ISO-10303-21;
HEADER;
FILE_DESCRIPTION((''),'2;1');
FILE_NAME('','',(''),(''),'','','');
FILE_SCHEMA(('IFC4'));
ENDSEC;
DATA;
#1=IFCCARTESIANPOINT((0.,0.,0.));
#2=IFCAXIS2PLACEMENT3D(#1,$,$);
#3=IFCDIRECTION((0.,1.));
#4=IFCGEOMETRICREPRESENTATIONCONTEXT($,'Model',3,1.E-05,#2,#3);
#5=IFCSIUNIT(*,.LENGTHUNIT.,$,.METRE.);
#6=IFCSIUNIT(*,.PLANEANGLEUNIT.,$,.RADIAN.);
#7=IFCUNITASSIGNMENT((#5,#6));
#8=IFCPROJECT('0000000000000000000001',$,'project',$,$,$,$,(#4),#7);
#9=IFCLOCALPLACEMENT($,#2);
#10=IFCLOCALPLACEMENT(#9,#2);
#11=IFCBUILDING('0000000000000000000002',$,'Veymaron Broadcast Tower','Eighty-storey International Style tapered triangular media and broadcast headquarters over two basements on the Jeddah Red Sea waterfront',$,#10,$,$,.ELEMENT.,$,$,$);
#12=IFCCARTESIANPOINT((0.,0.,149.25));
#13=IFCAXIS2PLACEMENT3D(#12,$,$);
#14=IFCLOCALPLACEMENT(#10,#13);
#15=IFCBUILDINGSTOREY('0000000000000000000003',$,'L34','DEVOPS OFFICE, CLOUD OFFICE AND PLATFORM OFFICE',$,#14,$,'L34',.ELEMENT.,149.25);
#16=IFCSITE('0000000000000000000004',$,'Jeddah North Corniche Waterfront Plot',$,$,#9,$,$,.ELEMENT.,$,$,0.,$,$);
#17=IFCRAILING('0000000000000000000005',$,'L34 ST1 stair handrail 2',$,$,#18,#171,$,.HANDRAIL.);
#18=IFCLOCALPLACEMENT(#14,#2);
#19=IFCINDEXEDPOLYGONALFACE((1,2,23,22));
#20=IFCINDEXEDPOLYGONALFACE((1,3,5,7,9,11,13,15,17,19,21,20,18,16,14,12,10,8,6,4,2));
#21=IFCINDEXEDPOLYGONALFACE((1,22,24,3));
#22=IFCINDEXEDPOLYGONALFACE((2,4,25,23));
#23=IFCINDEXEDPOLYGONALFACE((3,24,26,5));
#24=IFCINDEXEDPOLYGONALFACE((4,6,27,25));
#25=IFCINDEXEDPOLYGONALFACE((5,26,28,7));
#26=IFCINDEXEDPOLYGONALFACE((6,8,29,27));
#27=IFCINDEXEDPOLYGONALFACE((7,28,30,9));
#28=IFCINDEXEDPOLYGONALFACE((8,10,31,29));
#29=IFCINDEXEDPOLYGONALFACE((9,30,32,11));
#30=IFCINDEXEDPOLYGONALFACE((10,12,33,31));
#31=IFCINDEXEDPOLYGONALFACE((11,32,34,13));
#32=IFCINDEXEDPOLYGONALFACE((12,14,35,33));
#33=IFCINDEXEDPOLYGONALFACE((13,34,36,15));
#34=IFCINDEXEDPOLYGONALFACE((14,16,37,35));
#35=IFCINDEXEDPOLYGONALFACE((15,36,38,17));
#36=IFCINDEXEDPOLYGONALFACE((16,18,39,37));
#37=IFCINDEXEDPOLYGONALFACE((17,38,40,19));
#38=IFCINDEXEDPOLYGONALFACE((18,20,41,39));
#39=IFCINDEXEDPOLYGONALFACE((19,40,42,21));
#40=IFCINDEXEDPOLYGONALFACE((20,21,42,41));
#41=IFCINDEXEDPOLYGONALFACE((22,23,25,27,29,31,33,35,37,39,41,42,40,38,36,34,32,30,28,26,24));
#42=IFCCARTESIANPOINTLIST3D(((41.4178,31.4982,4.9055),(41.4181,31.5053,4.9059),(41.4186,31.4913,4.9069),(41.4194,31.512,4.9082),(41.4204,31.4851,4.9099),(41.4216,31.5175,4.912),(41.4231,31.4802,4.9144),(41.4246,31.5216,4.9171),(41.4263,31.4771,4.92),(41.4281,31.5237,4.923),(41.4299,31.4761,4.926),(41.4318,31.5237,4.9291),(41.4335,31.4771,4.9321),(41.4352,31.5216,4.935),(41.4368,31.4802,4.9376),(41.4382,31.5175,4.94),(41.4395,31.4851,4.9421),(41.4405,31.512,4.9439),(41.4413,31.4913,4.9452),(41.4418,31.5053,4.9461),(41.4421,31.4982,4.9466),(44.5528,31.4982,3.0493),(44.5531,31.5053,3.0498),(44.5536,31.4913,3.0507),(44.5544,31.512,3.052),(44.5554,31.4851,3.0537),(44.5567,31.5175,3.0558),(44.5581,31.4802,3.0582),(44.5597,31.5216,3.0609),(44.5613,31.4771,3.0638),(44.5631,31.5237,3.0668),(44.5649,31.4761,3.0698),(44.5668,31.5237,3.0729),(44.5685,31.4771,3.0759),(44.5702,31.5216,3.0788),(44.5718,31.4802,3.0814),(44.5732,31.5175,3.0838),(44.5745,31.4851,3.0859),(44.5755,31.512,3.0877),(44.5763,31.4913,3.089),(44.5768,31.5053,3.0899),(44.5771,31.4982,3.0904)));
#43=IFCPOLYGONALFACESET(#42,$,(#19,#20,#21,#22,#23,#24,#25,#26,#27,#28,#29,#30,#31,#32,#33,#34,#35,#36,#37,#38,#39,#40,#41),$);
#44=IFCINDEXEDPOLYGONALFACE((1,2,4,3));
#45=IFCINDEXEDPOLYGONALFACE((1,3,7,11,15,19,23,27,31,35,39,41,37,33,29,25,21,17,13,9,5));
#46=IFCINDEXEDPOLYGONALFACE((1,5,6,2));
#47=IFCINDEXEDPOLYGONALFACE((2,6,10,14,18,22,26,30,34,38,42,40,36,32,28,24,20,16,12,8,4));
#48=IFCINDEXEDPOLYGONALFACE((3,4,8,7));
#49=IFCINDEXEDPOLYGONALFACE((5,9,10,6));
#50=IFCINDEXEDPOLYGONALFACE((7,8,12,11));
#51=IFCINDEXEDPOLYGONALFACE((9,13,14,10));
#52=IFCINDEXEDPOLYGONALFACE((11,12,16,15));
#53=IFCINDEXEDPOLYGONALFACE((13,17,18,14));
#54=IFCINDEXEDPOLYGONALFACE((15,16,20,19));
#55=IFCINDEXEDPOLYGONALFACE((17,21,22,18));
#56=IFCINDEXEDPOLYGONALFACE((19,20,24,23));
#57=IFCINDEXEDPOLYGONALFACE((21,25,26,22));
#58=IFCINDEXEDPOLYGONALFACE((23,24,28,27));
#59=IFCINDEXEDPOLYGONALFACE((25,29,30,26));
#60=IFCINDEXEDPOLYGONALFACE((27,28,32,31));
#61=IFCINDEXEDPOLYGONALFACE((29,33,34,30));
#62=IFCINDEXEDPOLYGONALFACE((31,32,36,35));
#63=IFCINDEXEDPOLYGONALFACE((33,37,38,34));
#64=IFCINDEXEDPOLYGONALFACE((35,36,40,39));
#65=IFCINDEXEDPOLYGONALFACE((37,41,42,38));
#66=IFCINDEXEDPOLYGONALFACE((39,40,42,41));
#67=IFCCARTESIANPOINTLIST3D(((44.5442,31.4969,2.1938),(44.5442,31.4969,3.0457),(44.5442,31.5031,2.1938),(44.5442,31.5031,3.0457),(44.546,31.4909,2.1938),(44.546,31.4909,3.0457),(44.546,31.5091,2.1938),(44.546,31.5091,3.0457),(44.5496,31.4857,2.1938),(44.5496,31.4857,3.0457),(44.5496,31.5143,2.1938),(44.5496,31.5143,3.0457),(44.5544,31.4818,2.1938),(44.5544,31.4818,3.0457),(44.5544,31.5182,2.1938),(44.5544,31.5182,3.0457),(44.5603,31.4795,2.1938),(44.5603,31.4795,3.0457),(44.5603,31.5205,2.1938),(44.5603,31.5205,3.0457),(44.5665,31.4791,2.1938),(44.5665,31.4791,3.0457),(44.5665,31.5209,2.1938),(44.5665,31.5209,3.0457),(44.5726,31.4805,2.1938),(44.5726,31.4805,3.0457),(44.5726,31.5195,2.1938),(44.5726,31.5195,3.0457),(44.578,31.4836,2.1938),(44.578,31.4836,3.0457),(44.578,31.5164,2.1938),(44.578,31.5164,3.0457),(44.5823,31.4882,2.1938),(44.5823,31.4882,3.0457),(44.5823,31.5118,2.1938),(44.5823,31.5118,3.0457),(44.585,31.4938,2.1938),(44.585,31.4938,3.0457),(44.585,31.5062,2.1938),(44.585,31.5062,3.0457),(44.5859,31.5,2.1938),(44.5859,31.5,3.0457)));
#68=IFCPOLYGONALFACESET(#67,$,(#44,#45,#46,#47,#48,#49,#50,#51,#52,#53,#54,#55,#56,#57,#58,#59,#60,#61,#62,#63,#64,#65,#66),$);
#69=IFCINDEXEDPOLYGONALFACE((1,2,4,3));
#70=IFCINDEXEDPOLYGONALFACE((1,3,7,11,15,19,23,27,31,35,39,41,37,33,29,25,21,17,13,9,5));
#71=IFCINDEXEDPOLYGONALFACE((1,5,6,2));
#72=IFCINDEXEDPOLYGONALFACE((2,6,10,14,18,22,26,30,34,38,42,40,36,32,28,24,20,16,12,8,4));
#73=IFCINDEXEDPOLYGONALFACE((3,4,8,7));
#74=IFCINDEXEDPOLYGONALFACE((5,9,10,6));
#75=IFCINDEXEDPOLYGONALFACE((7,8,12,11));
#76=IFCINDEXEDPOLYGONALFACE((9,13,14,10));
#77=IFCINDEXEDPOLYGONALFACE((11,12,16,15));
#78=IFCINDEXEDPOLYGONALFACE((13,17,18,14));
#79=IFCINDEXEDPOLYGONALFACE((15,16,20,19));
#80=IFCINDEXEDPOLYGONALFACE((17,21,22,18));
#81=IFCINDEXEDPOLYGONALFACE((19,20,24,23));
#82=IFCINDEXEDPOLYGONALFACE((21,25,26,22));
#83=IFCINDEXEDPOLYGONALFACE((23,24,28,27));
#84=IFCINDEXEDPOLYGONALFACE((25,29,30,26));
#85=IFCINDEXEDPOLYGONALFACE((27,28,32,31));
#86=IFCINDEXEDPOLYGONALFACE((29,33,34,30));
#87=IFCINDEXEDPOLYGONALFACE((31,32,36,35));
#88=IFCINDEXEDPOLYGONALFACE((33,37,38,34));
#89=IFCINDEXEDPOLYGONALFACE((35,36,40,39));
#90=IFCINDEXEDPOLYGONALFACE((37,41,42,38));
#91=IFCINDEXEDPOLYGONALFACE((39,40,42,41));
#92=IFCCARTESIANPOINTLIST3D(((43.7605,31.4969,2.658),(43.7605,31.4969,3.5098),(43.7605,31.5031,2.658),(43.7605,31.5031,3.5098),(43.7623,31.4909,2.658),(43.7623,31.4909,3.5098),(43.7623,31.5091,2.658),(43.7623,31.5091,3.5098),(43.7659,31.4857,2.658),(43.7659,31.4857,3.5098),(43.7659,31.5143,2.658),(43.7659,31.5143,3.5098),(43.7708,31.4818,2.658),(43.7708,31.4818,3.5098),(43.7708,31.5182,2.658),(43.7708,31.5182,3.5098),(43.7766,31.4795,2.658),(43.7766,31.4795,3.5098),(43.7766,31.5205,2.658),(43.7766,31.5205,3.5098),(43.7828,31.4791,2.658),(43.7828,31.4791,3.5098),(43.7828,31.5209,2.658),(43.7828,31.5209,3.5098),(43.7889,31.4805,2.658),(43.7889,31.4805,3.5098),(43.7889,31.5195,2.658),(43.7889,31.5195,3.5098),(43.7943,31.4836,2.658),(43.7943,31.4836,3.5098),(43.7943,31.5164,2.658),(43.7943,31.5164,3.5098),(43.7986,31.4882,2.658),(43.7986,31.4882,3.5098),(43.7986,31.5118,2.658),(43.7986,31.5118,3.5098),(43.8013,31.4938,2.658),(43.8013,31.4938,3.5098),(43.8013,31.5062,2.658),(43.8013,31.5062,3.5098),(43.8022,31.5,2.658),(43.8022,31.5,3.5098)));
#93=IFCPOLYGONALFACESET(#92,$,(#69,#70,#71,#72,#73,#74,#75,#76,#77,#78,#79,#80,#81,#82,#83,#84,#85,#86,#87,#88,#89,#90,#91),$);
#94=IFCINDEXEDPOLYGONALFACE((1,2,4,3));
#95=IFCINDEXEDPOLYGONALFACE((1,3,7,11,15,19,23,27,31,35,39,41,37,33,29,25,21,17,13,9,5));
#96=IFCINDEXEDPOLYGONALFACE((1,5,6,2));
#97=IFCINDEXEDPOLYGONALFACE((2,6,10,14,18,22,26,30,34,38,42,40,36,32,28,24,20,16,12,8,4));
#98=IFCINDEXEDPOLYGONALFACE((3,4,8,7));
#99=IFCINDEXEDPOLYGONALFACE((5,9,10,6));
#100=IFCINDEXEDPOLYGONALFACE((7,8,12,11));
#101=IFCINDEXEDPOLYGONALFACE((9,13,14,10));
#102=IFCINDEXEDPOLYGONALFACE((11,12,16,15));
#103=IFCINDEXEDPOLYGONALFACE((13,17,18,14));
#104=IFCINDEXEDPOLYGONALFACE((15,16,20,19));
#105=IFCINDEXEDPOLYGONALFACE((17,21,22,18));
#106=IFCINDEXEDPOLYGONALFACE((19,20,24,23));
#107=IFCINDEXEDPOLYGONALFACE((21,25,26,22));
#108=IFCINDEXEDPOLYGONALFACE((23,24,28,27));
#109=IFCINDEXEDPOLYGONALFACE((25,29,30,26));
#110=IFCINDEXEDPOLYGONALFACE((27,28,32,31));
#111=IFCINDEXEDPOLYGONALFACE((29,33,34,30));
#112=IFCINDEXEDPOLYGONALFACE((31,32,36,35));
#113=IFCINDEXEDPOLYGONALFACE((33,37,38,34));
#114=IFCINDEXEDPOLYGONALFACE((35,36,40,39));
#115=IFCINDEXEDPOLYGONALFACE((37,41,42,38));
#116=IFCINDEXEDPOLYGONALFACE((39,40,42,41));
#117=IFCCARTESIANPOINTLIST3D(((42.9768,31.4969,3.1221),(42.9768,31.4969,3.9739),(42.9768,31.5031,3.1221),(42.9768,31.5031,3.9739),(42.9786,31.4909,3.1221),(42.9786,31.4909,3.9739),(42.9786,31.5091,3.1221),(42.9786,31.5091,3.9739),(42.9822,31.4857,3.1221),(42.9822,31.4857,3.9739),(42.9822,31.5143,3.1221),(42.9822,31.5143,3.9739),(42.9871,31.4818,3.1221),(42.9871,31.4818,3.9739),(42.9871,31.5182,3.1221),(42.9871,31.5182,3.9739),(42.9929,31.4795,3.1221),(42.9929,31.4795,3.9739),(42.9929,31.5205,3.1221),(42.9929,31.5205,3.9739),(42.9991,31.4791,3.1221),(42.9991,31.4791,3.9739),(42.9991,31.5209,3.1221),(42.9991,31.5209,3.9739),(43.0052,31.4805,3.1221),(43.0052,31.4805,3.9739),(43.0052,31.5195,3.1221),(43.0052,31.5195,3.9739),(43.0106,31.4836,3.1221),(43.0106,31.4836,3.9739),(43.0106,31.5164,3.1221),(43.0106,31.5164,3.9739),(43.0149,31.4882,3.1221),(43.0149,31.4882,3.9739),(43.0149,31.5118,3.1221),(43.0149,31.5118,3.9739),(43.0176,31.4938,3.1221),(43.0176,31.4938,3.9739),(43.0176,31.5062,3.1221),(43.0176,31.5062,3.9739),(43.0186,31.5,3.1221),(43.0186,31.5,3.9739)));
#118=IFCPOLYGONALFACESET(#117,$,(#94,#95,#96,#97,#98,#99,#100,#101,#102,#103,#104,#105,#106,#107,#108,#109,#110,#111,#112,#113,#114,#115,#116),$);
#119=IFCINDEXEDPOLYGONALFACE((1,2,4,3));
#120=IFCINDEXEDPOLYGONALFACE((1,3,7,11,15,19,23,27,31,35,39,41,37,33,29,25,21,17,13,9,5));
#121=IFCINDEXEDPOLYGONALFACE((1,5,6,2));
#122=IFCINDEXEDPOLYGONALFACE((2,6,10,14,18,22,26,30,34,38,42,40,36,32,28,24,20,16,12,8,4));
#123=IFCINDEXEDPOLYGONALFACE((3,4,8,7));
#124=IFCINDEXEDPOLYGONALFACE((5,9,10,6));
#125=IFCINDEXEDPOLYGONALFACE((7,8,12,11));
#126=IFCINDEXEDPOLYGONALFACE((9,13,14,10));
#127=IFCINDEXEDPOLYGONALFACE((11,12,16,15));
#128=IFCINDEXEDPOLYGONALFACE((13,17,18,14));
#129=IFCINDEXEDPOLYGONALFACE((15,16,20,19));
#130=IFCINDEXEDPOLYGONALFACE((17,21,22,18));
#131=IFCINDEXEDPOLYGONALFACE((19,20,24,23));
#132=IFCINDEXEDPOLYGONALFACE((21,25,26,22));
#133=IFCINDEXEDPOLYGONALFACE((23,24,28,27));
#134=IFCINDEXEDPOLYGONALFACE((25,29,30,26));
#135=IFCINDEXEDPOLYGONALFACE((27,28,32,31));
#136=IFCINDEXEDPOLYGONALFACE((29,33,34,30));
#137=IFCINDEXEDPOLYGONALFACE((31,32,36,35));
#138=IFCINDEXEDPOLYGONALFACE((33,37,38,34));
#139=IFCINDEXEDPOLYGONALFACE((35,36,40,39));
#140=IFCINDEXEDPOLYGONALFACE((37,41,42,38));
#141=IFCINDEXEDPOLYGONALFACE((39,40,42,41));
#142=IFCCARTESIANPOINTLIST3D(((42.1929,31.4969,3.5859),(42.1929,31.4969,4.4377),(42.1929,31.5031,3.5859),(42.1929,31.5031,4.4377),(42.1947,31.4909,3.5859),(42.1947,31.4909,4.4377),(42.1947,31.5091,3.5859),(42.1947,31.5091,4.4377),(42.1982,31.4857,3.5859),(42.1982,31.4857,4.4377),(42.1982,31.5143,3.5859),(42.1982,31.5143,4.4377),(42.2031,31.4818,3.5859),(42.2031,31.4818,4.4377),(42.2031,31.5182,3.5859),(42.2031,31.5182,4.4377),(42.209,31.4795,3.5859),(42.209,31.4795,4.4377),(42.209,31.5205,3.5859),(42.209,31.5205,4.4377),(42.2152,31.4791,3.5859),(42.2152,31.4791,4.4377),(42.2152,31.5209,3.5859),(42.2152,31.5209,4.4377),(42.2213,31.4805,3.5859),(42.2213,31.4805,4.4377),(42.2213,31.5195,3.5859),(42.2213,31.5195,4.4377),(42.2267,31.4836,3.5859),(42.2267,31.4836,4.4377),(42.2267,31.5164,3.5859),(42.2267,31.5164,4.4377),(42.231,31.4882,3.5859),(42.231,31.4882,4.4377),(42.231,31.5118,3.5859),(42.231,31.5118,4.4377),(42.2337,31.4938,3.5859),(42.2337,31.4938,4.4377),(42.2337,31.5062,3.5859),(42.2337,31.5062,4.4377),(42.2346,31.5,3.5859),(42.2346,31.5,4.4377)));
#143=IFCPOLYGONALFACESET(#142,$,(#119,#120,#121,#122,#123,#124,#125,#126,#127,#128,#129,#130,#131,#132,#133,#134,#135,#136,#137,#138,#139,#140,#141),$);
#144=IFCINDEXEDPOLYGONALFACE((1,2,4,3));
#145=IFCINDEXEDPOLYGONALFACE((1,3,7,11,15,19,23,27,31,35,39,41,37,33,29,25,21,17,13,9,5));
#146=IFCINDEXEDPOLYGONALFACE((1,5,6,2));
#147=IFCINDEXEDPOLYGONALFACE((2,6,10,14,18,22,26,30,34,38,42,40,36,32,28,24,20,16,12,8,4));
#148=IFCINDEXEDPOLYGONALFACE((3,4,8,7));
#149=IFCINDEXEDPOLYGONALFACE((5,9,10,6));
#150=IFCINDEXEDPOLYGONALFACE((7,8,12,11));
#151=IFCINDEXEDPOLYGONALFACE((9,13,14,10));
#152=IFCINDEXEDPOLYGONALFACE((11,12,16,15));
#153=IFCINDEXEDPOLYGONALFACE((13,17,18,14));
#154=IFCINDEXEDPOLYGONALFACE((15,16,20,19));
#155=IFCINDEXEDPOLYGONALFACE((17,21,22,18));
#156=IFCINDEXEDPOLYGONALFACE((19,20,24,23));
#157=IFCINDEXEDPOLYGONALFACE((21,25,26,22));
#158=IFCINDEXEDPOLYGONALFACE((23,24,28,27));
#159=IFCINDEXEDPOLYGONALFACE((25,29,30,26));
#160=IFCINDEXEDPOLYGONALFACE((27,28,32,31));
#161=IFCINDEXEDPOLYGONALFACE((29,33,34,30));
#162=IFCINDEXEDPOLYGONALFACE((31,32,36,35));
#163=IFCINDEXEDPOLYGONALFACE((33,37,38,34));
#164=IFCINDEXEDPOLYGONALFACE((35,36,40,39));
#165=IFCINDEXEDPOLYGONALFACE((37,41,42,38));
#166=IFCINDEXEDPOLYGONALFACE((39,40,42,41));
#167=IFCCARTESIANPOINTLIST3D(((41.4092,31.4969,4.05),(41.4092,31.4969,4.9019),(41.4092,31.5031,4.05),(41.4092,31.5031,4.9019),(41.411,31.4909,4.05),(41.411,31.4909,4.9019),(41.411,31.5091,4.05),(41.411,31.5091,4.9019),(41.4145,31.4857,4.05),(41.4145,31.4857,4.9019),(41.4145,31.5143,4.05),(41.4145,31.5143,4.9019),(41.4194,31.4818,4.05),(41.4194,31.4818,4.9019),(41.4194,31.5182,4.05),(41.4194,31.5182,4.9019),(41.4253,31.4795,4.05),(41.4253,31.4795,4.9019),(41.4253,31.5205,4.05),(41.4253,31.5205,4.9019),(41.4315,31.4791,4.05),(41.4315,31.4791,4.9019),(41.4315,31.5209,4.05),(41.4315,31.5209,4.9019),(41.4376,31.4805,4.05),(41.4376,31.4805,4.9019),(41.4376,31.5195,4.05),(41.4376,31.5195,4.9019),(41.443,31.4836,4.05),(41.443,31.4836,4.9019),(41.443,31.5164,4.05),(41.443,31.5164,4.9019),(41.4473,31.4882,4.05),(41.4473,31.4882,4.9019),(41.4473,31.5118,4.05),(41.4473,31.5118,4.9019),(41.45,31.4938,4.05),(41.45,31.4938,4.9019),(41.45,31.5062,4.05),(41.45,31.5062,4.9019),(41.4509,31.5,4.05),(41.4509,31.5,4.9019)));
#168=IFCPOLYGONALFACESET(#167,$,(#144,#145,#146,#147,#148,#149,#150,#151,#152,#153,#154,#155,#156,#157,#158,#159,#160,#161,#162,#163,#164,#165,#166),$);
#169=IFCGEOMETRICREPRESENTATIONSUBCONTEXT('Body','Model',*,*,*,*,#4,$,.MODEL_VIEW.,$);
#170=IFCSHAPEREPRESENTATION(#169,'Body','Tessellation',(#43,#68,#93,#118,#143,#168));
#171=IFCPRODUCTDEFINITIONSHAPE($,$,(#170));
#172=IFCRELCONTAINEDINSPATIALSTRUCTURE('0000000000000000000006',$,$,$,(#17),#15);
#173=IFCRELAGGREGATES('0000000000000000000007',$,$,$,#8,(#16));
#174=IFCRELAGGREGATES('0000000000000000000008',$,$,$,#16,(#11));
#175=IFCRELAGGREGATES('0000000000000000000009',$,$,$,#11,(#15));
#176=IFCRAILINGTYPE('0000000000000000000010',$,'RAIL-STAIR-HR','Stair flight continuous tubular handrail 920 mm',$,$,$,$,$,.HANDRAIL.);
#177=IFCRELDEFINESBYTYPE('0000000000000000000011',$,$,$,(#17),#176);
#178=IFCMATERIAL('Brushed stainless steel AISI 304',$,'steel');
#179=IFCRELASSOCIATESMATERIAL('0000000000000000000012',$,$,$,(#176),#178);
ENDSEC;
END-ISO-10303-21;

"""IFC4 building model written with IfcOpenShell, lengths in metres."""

from ifc_helpers import new_model, si_unit, direction, frame, origin, origin_2d, place, context, subcontext, project, spatial, circle, extrude, material, type_object, element, save


model = new_model("IFC4")

# Units and contexts
model_context = context("Model", 3, precision=1e-05, world=origin(), true_north=direction((0.0, 1.0)))
body_context = subcontext(model_context, "Body", "Model", "MODEL_VIEW")
ifc_project = project(units=[si_unit("LENGTHUNIT", "METRE"), si_unit("PLANEANGLEUNIT", "RADIAN")], contexts=[model_context])

# Site, building, storey
site_placement = place(None, origin())
site = spatial("IfcSite", under=ifc_project, at=site_placement, Name="Jeddah North Corniche Waterfront Plot", CompositionType="ELEMENT", RefElevation=0.0)
building_placement = place(site_placement, origin())
building = spatial("IfcBuilding", under=site, at=building_placement, Name="Veymaron Broadcast Tower", Description="Eighty-storey International Style tapered triangular media and broadcast headquarters over two basements on the Jeddah Red Sea waterfront", CompositionType="ELEMENT")
storey_placement = place(building_placement, frame((0.0, 0.0, 149.25)))
storey = spatial("IfcBuildingStorey", under=building, at=storey_placement, Name="L34", Description="DEVOPS OFFICE, CLOUD OFFICE AND PLATFORM OFFICE", LongName="L34", CompositionType="ELEMENT", Elevation=149.25)

# Shared definitions
ifc_material_1 = material(Name="Brushed stainless steel AISI 304", Category="steel")

# Railing
railing_type_1 = type_object("IfcRailingType", Name="RAIL-STAIR-HR", Description="Stair flight continuous tubular handrail 920 mm", PredefinedType="HANDRAIL", material=ifc_material_1)
railing_1_placement = place(storey_placement, frame((44.5649, 31.5, 2.1938)))
element("IfcRailing", 1, at=railing_1_placement, inside=storey, type_object=railing_type_1, Name="L34 ST1 stair handrail 2", PredefinedType="HANDRAIL", context=body_context, shape_type="SweptSolid", body=[
    extrude(circle(Radius=0.0239, at=origin_2d()), frame((0.0, 0.0, 0.876), z_axis=(-0.860482, 0.0, 0.509481), x_axis=(0.0, -1.0, 0.0)), (0.0, 0.0, 1.0), 3.6433),
    extrude(circle(Radius=0.021, at=origin_2d()), origin(), (0.0, 0.0, 1.0), 0.8518),
    extrude(circle(Radius=0.021, at=origin_2d()), frame((-0.7837, 0.0, 0.4641)), (0.0, 0.0, 1.0), 0.8518),
    extrude(circle(Radius=0.021, at=origin_2d()), frame((-1.5674, 0.0, 0.9282)), (0.0, 0.0, 1.0), 0.8518),
    extrude(circle(Radius=0.021, at=origin_2d()), frame((-2.3513, 0.0, 1.3921)), (0.0, 0.0, 1.0), 0.8518),
    extrude(circle(Radius=0.021, at=origin_2d()), frame((-3.135, 0.0, 1.8562)), (0.0, 0.0, 1.0), 0.8518),
])

save(model, "model.ifc")
